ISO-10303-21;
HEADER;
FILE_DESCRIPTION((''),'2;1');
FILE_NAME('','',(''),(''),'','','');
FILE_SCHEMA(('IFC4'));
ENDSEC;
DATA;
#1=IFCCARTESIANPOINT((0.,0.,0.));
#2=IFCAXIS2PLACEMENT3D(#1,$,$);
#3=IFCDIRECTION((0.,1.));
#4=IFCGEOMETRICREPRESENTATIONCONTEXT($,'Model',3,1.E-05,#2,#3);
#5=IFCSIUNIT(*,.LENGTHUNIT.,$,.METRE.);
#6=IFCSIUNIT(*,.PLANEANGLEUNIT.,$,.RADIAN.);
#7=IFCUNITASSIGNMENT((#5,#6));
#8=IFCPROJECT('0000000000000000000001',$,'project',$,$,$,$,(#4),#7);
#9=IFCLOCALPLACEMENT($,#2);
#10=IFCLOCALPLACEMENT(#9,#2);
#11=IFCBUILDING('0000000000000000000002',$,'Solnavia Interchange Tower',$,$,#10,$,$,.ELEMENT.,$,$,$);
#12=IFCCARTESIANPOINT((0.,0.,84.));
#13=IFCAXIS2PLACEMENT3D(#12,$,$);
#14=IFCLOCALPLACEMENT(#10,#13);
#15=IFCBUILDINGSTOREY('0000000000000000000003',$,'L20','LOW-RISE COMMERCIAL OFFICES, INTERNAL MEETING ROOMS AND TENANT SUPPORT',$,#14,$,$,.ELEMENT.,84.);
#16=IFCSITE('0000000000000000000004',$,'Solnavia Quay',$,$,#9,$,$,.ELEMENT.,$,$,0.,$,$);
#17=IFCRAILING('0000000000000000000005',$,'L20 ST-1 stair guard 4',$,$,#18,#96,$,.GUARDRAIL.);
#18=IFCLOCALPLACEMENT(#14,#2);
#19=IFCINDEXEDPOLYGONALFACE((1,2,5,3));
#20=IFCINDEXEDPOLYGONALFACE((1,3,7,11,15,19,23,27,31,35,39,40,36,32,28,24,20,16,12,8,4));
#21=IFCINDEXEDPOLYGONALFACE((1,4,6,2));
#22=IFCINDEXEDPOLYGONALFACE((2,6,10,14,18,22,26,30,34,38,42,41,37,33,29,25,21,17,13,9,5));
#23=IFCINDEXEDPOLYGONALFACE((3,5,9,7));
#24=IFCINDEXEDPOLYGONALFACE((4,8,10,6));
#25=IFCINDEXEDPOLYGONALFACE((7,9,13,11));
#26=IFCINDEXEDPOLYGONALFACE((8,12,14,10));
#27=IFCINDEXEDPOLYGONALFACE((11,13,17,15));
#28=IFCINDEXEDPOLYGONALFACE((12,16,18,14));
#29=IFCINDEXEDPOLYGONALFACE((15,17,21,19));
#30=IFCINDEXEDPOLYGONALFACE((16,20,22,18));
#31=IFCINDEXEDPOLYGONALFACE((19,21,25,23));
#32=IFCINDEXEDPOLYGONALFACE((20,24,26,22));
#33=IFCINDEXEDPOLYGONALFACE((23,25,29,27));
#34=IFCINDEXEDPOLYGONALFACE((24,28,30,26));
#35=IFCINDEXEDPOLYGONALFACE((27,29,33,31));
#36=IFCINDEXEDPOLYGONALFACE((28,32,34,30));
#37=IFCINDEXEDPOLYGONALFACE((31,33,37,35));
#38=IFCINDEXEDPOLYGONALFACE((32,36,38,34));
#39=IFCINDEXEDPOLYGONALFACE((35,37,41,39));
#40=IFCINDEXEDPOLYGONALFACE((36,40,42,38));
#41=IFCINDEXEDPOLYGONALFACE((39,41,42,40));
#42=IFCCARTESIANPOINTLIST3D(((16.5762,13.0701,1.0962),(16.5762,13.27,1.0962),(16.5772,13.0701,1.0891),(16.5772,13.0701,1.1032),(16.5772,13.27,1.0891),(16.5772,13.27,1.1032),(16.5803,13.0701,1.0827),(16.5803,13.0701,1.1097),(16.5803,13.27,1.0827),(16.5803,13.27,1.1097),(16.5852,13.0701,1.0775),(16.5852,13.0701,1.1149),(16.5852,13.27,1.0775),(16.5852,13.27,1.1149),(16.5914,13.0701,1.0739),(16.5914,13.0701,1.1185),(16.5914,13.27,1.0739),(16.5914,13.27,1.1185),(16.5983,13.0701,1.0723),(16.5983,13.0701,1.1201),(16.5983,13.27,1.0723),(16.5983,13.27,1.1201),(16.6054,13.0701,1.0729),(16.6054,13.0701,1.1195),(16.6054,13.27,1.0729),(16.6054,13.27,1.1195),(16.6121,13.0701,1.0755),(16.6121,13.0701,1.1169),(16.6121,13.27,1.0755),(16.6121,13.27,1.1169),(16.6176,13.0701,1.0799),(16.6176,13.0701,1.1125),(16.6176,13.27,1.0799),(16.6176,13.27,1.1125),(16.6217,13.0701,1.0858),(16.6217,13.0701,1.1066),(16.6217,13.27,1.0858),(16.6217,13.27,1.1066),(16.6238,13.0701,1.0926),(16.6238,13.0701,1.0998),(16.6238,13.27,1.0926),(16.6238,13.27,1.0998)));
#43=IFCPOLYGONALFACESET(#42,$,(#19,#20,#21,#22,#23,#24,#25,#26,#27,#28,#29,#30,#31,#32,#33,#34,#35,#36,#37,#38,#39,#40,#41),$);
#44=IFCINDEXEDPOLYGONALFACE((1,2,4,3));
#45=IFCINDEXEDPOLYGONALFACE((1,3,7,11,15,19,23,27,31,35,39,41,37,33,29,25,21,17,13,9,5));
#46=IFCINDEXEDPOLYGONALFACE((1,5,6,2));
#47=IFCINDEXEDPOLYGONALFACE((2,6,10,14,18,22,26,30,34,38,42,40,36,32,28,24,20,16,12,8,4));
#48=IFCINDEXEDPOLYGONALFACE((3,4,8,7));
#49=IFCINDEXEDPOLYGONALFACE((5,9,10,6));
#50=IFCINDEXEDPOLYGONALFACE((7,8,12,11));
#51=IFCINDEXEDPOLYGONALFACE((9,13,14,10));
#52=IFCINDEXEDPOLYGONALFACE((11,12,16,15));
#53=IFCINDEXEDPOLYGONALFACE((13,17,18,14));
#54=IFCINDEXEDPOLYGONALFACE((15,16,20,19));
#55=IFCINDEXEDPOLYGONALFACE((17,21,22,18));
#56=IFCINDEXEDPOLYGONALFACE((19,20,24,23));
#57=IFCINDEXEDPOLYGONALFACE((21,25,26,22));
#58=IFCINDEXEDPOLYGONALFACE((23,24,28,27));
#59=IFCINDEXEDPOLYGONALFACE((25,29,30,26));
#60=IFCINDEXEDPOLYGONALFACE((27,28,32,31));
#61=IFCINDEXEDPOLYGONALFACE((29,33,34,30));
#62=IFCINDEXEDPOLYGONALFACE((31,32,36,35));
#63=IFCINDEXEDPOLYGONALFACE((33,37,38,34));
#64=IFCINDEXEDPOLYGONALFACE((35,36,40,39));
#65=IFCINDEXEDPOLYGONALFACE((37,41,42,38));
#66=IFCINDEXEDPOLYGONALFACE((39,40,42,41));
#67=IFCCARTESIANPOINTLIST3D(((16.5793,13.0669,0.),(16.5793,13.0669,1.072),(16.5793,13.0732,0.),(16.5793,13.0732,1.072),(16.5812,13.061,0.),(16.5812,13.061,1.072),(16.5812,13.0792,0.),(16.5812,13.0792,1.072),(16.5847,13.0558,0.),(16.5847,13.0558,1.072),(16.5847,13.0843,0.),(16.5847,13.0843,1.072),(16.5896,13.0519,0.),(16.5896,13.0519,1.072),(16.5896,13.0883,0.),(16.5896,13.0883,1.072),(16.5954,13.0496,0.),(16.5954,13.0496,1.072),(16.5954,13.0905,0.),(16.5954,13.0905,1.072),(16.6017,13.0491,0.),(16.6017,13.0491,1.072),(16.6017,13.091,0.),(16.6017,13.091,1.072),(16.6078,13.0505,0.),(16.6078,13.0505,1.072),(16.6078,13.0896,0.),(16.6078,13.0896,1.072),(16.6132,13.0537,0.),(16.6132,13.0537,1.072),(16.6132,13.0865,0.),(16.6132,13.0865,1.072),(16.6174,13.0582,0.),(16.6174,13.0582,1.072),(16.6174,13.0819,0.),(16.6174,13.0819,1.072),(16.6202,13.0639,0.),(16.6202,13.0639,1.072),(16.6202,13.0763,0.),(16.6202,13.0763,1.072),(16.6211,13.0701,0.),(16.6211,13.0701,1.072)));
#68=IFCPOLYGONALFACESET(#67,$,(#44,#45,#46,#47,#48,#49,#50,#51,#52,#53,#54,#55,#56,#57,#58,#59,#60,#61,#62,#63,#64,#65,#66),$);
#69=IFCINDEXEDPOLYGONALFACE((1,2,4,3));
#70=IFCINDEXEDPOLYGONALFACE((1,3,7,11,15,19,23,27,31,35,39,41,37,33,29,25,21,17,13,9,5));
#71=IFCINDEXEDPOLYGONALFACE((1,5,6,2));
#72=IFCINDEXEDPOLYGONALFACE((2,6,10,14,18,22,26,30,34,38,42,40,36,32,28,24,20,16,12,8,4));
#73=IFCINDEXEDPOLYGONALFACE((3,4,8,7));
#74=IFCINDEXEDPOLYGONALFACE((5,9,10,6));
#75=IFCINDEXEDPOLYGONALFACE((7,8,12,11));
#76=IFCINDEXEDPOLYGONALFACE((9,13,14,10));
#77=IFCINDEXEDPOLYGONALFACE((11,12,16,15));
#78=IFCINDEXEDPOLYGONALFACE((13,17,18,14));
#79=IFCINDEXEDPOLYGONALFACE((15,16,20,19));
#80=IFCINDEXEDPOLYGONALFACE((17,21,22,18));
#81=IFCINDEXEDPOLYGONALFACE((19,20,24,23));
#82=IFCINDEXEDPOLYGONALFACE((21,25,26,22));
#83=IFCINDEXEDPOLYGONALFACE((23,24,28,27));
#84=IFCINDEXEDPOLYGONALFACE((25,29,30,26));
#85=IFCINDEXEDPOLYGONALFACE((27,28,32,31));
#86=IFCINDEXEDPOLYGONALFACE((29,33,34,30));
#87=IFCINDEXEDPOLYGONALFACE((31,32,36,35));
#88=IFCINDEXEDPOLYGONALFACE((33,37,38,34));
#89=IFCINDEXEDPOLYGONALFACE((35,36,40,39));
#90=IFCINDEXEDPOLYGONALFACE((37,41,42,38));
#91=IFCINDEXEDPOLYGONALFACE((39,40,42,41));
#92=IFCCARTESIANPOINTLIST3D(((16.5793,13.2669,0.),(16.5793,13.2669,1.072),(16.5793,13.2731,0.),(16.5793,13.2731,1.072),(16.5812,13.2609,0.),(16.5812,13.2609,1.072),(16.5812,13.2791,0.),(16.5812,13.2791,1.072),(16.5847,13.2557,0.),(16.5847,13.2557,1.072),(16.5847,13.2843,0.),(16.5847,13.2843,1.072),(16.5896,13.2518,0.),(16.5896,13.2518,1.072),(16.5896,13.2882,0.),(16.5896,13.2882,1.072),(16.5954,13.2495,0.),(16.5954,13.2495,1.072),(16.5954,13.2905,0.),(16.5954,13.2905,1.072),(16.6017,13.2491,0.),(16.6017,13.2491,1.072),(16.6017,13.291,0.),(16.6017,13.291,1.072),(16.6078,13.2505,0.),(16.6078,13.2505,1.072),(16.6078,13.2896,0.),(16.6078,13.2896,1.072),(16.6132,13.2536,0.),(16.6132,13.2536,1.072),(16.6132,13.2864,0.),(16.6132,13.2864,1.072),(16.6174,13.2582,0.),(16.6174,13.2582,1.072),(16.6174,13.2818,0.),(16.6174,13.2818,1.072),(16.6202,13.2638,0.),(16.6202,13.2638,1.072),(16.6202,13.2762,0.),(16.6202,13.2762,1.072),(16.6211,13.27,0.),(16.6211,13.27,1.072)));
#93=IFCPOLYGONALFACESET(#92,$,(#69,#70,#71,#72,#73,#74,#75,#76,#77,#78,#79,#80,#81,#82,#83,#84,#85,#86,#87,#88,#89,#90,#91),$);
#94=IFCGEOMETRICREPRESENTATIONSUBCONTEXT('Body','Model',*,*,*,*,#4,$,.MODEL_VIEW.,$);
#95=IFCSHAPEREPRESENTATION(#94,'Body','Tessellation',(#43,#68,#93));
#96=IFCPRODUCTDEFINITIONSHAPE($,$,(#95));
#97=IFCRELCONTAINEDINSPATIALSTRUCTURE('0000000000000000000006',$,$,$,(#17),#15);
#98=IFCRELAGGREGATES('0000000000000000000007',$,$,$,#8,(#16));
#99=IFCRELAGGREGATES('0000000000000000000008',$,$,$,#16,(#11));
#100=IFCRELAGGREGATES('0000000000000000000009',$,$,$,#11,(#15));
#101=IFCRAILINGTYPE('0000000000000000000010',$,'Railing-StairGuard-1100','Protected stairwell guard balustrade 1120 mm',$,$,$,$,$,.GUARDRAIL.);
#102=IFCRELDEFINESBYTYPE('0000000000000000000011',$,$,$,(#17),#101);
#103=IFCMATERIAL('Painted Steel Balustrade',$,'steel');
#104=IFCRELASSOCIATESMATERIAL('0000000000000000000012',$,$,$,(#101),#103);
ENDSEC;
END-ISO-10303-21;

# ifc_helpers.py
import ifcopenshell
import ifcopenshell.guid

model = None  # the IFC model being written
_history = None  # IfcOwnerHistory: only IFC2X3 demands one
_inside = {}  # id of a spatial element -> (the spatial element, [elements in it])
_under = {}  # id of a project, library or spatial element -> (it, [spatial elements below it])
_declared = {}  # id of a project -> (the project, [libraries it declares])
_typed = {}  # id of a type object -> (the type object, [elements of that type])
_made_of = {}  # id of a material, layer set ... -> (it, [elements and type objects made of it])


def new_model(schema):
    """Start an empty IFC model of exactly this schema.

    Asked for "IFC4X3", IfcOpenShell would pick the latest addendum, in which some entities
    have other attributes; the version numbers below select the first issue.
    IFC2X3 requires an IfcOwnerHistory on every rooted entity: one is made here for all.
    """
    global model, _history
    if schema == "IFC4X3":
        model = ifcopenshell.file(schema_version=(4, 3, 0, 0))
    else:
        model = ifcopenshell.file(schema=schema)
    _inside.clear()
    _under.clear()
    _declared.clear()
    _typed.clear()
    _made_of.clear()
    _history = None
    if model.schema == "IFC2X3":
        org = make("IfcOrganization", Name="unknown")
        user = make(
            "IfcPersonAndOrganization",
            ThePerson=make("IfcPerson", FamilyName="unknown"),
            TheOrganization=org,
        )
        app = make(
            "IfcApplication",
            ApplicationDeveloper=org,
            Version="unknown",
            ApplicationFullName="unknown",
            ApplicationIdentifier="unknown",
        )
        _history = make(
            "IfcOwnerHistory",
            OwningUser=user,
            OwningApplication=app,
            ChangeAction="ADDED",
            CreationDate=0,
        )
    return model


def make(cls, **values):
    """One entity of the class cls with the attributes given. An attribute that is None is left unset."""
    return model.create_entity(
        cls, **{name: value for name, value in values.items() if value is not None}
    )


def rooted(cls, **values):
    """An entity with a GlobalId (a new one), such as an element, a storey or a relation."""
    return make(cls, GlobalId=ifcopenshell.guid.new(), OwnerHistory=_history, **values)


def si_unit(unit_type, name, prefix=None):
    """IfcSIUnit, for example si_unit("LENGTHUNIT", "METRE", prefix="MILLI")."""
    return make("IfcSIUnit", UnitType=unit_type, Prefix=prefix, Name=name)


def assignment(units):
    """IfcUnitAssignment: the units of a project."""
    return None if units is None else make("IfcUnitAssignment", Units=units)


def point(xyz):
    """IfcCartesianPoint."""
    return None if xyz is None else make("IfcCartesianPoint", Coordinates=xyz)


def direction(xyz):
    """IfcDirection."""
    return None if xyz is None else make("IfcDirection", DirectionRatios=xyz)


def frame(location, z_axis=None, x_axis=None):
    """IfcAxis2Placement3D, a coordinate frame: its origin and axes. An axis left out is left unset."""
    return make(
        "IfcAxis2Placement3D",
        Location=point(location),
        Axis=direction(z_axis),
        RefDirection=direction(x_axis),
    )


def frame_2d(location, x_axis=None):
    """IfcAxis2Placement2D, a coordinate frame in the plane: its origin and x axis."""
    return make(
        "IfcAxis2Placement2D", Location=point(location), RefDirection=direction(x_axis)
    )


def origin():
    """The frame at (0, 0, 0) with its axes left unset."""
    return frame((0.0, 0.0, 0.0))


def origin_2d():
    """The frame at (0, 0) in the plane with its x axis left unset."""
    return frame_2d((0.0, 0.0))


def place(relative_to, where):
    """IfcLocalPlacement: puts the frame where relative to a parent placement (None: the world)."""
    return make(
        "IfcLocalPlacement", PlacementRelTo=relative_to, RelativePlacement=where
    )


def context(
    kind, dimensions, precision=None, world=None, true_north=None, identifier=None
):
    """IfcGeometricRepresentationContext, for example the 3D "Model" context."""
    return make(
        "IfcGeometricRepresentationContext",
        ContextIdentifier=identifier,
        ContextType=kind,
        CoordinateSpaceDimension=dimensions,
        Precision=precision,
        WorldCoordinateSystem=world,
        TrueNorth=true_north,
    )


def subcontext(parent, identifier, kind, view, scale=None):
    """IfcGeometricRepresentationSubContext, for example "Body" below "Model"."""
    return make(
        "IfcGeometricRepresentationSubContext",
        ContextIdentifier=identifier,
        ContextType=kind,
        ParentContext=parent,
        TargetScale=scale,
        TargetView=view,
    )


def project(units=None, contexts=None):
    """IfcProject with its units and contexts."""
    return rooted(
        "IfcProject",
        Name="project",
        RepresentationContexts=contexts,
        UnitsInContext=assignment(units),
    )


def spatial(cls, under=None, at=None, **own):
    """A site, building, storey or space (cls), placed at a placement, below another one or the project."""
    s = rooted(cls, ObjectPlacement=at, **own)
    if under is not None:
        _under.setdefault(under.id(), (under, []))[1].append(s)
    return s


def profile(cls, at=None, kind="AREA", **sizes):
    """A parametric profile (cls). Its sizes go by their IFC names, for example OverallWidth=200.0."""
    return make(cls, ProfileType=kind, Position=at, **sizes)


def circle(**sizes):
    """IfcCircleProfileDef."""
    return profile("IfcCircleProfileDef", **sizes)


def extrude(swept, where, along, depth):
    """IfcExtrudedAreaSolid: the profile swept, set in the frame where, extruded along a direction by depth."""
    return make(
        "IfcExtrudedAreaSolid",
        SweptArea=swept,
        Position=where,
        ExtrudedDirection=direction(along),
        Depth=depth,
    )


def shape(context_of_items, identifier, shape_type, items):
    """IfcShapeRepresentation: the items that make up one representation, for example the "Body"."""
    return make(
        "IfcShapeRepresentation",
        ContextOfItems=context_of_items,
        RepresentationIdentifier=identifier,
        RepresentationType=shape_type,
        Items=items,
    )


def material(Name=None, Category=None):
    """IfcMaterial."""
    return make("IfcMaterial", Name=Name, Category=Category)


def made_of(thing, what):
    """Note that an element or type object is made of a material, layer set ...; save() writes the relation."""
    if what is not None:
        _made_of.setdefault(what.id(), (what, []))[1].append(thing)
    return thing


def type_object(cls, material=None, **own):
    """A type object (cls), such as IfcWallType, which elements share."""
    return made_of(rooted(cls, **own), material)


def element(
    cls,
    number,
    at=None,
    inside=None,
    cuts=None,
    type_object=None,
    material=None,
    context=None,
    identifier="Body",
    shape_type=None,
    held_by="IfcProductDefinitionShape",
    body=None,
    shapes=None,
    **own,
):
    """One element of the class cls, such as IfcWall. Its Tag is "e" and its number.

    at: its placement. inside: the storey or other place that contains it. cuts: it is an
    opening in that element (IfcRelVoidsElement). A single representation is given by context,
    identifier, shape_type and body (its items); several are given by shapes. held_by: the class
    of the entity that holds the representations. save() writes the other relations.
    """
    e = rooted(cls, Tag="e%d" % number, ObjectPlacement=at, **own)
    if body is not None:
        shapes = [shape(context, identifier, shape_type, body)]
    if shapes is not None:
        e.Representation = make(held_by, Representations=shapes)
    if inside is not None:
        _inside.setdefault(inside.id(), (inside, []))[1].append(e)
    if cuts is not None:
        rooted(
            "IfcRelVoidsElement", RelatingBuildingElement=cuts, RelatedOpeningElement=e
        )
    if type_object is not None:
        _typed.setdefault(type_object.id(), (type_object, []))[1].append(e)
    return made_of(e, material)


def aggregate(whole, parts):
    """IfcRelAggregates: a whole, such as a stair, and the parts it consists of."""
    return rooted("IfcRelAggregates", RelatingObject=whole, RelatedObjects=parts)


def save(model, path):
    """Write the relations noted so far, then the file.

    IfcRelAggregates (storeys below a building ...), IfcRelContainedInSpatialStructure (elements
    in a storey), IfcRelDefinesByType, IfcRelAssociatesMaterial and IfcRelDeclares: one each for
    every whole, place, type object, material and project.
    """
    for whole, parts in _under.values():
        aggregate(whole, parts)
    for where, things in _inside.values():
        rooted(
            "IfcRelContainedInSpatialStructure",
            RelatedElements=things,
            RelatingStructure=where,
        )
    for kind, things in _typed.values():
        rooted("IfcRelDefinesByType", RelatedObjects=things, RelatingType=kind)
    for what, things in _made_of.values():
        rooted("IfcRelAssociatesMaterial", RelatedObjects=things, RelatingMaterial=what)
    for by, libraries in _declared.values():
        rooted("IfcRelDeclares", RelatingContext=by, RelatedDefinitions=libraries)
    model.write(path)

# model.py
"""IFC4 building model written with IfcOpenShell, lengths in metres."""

from ifc_helpers import new_model, si_unit, direction, frame, origin, origin_2d, place, context, subcontext, project, spatial, circle, extrude, material, type_object, element, save


model = new_model("IFC4")

# Units and contexts
model_context = context("Model", 3, precision=1e-05, world=origin(), true_north=direction((0.0, 1.0)))
body_context = subcontext(model_context, "Body", "Model", "MODEL_VIEW")
ifc_project = project(units=[si_unit("LENGTHUNIT", "METRE"), si_unit("PLANEANGLEUNIT", "RADIAN")], contexts=[model_context])

# Site, building, storey
site_placement = place(None, origin())
site = spatial("IfcSite", under=ifc_project, at=site_placement, Name="Solnavia Quay", CompositionType="ELEMENT", RefElevation=0.0)
building_placement = place(site_placement, origin())
building = spatial("IfcBuilding", under=site, at=building_placement, Name="Solnavia Interchange Tower", CompositionType="ELEMENT")
storey_placement = place(building_placement, frame((0.0, 0.0, 84.0)))
storey = spatial("IfcBuildingStorey", under=building, at=storey_placement, Name="L20", Description="LOW-RISE COMMERCIAL OFFICES, INTERNAL MEETING ROOMS AND TENANT SUPPORT", CompositionType="ELEMENT", Elevation=84.0)

# Railing
ifc_material_1 = material(Name="Painted Steel Balustrade", Category="steel")
railing_type_1 = type_object("IfcRailingType", Name="Railing-StairGuard-1100", Description="Protected stairwell guard balustrade 1120 mm", PredefinedType="GUARDRAIL", material=ifc_material_1)
railing_1_placement = place(storey_placement, frame((16.6001, 13.0701, 0.0)))
element("IfcRailing", 1, at=railing_1_placement, inside=storey, type_object=railing_type_1, Name="L20 ST-1 stair guard 4", PredefinedType="GUARDRAIL", context=body_context, shape_type="SweptSolid", body=[
    extrude(circle(Radius=0.0239, at=origin_2d()), frame((0.0, 0.0, 1.0962), z_axis=(0.0, 1.0, 0.0), x_axis=(-1.0, 0.0, 0.0)), (0.0, 0.0, 1.0), 0.2),
    extrude(circle(Radius=0.021, at=origin_2d()), origin(), (0.0, 0.0, 1.0), 1.072),
    extrude(circle(Radius=0.021, at=origin_2d()), frame((0.0, 0.2, 0.0)), (0.0, 0.0, 1.0), 1.072),
])

save(model, "model.ifc")
